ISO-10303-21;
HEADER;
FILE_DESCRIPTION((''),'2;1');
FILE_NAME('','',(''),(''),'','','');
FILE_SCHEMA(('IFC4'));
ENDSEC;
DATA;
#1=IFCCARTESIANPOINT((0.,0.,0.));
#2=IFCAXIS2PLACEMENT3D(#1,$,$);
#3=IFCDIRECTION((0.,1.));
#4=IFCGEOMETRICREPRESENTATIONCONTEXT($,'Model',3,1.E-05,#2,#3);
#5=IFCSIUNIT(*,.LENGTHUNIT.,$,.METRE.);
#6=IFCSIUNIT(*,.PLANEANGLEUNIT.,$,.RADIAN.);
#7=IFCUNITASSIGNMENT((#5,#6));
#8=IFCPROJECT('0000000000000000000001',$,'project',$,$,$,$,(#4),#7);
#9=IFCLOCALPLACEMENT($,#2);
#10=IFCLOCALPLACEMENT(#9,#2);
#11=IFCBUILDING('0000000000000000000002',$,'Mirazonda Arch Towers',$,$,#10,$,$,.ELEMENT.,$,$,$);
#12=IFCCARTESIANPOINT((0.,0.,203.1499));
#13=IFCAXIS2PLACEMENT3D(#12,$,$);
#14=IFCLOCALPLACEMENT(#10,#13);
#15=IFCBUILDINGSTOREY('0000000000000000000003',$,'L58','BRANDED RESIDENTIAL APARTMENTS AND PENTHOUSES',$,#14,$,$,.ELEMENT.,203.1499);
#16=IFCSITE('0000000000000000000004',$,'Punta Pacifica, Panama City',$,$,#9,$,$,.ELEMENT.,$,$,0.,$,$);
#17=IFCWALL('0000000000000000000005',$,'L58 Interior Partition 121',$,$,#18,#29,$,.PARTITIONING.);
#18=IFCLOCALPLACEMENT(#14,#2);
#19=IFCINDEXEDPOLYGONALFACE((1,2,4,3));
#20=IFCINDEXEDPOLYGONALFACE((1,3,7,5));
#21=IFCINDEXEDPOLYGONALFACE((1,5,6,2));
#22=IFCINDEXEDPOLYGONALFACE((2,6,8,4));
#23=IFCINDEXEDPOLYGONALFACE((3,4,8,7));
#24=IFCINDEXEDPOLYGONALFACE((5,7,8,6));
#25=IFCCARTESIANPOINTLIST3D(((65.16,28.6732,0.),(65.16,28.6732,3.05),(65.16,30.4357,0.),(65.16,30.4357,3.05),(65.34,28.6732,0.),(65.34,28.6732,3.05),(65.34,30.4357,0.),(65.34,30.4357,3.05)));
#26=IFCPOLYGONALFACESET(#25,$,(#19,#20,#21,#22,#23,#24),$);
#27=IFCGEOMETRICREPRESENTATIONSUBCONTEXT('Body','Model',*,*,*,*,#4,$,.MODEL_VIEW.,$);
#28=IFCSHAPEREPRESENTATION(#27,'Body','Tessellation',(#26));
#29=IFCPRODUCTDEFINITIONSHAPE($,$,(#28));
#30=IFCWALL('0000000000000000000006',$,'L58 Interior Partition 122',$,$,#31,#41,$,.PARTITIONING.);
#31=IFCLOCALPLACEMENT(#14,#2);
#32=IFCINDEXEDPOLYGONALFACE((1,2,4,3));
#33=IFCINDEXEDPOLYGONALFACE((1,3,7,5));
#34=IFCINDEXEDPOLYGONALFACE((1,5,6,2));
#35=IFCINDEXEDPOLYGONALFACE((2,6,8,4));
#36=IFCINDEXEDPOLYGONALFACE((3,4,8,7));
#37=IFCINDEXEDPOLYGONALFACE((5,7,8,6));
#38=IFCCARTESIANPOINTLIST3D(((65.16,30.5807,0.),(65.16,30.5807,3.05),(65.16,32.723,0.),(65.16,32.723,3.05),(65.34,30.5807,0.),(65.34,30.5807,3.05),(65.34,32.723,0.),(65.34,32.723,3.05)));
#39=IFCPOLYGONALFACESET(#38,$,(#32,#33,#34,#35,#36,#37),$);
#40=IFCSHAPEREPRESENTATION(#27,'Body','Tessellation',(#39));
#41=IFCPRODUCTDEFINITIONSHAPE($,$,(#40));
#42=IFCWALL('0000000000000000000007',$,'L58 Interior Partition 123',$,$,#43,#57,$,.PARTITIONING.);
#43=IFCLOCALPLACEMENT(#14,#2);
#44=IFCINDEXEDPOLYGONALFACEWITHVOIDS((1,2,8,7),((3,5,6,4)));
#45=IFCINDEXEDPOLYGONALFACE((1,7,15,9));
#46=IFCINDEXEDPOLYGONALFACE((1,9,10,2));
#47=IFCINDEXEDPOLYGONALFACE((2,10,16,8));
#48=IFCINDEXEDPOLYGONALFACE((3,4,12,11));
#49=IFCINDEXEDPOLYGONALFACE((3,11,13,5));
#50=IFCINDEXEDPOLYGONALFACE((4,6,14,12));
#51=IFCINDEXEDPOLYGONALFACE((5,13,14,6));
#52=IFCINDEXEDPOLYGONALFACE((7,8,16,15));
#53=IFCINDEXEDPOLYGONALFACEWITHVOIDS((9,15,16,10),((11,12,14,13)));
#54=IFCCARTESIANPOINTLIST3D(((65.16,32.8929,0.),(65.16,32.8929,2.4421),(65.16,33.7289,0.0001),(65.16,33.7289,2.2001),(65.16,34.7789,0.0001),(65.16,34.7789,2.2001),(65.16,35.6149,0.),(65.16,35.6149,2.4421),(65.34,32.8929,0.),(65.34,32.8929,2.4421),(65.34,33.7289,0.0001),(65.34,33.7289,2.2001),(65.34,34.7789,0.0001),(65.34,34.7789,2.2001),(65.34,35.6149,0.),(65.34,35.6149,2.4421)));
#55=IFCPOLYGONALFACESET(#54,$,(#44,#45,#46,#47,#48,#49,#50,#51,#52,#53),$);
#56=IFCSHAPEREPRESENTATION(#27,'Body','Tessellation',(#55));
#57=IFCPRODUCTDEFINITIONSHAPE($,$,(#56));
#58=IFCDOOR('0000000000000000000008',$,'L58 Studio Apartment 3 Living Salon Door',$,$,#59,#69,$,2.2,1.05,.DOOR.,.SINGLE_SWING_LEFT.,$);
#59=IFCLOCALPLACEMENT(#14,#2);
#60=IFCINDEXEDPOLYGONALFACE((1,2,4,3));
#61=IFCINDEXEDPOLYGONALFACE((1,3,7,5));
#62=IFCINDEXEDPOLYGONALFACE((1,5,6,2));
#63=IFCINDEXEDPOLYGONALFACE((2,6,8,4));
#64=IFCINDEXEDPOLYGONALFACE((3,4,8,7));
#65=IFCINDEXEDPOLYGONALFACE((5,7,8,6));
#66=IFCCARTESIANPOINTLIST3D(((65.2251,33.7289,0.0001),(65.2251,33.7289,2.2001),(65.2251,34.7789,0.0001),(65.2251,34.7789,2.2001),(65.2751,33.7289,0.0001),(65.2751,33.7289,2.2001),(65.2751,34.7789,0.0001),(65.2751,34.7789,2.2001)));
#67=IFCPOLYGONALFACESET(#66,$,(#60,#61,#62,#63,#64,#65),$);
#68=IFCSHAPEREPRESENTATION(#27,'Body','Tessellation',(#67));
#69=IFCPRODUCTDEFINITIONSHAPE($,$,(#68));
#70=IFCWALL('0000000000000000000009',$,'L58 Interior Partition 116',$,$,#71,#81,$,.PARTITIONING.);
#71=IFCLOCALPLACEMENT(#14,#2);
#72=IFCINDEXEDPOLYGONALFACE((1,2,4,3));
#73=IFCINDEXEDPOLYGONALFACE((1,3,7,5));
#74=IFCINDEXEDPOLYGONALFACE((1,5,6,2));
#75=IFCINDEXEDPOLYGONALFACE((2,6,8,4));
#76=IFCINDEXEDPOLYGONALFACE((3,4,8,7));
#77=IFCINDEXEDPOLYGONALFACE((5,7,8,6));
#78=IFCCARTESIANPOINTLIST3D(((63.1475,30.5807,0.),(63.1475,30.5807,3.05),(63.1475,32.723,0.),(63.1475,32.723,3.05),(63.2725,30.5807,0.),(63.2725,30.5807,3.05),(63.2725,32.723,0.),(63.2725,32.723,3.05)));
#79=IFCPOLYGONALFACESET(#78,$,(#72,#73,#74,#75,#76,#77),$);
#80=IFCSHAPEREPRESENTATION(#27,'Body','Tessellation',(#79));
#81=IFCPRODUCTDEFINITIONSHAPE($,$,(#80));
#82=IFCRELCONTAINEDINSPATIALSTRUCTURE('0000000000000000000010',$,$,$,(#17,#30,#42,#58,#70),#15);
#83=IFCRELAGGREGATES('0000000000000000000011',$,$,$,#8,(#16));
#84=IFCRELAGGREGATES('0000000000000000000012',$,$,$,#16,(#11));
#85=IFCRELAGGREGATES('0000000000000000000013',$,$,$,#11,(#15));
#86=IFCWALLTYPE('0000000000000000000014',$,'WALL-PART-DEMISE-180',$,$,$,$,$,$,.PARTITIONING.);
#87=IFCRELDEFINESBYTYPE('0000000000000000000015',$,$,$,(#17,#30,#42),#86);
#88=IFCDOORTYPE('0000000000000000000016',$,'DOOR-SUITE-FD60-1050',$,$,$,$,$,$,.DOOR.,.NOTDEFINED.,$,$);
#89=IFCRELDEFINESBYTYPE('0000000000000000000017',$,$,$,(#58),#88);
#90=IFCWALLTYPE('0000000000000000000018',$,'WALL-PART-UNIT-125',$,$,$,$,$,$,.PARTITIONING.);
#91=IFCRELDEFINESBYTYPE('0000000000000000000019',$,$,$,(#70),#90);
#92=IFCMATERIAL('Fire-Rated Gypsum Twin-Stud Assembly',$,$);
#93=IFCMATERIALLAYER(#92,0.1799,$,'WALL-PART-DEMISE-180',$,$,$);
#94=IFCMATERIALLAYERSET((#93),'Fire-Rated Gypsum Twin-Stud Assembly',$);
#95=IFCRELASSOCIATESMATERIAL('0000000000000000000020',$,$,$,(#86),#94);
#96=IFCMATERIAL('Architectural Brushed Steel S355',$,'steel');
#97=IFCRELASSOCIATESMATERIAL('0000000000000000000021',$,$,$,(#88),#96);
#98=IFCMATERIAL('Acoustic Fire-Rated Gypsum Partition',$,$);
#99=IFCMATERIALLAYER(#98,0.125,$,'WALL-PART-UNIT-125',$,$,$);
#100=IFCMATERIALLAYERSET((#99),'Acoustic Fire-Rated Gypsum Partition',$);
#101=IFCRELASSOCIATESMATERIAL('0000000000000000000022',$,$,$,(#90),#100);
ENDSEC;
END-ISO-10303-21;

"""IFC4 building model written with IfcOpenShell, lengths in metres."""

from ifc_helpers import new_model, si_unit, direction, frame, frame_2d, origin, place, context, subcontext, project, spatial, rectangle, extrude, material, layer, layer_set, type_object, element, fill, save


model = new_model("IFC4")

# Units and contexts
model_context = context("Model", 3, precision=1e-05, world=origin(), true_north=direction((0.0, 1.0)))
body_context = subcontext(model_context, "Body", "Model", "MODEL_VIEW")
ifc_project = project(units=[si_unit("LENGTHUNIT", "METRE"), si_unit("PLANEANGLEUNIT", "RADIAN")], contexts=[model_context])

# Site, building, storey
site_placement = place(None, origin())
site = spatial("IfcSite", under=ifc_project, at=site_placement, Name="Punta Pacifica, Panama City", CompositionType="ELEMENT", RefElevation=0.0)
building_placement = place(site_placement, origin())
building = spatial("IfcBuilding", under=site, at=building_placement, Name="Mirazonda Arch Towers", CompositionType="ELEMENT")
storey_placement = place(building_placement, frame((0.0, 0.0, 203.1499)))
storey = spatial("IfcBuildingStorey", under=building, at=storey_placement, Name="L58", Description="BRANDED RESIDENTIAL APARTMENTS AND PENTHOUSES", CompositionType="ELEMENT", Elevation=203.1499)

# Shared definitions
ifc_material_1 = material(Name="Architectural Brushed Steel S355", Category="steel")

# Walls
ifc_material_2 = material(Name="Fire-Rated Gypsum Twin-Stud Assembly")
ifc_layer_1 = layer(ifc_material_2, 0.1799, Name="WALL-PART-DEMISE-180")
ifc_layer_set_1 = layer_set([ifc_layer_1], Name="Fire-Rated Gypsum Twin-Stud Assembly")
wall_type_1 = type_object("IfcWallType", Name="WALL-PART-DEMISE-180", PredefinedType="PARTITIONING", material=ifc_layer_set_1)
wall_1_placement = place(storey_placement, frame((65.25, 28.6731, 0.0), z_axis=(0.0, 0.0, 1.0), x_axis=(0.0, 1.0, 0.0)))
element("IfcWall", 1, at=wall_1_placement, inside=storey, type_object=wall_type_1, Name="L58 Interior Partition 121", PredefinedType="PARTITIONING", context=body_context, shape_type="SweptSolid", body=[
    extrude(rectangle(XDim=1.7625, YDim=0.1799, at=frame_2d((0.8813, 0.0))), origin(), (0.0, 0.0, 1.0), 3.05),
])
wall_2_placement = place(storey_placement, frame((65.25, 30.5806, 0.0), z_axis=(0.0, 0.0, 1.0), x_axis=(0.0, 1.0, 0.0)))
element("IfcWall", 2, at=wall_2_placement, inside=storey, type_object=wall_type_1, Name="L58 Interior Partition 122", PredefinedType="PARTITIONING", context=body_context, shape_type="SweptSolid", body=[
    extrude(rectangle(XDim=2.1423, YDim=0.1799, at=frame_2d((1.0713, 0.0))), origin(), (0.0, 0.0, 1.0), 3.05),
])

# Wall, opening, door
wall_3_placement = place(storey_placement, frame((65.25, 32.8931, 0.0), z_axis=(0.0, 0.0, 1.0), x_axis=(0.0, 1.0, 0.0)))
wall_3 = element("IfcWall", 3, at=wall_3_placement, inside=storey, type_object=wall_type_1, Name="L58 Interior Partition 123", PredefinedType="PARTITIONING", context=body_context, shape_type="SweptSolid", body=[
    extrude(rectangle(XDim=2.7219, YDim=0.1799, at=frame_2d((1.3608, 0.0))), origin(), (0.0, 0.0, 1.0), 2.4421),
])
opening_1_placement = place(wall_3_placement, frame((0.8359, 0.0, 0.0)))
opening_1 = element("IfcOpeningElement", 4, at=opening_1_placement, cuts=wall_3, PredefinedType="OPENING", context=body_context, shape_type="SweptSolid", body=[
    extrude(rectangle(XDim=1.05, YDim=2.2, at=frame_2d((0.5249, 1.1001))), frame((0.0, 0.0999, 0.0), z_axis=(0.0, -1.0, 0.0), x_axis=(1.0, 0.0, 0.0)), (0.0, 0.0, 1.0), 0.2),
])
door_type_1 = type_object("IfcDoorType", Name="DOOR-SUITE-FD60-1050", OperationType="NOTDEFINED", PredefinedType="DOOR", material=ifc_material_1)
door_1_placement = place(opening_1_placement, origin())
door_1 = element("IfcDoor", 5, at=door_1_placement, inside=storey, type_object=door_type_1, Name="L58 Studio Apartment 3 Living Salon Door", OperationType="SINGLE_SWING_LEFT", OverallHeight=2.2, OverallWidth=1.05, PredefinedType="DOOR", context=body_context, shape_type="SweptSolid", body=[
    extrude(rectangle(XDim=1.05, YDim=2.2, at=frame_2d((0.5249, 1.1001))), frame((0.0, 0.0249, 0.0), z_axis=(0.0, -1.0, 0.0), x_axis=(1.0, 0.0, 0.0)), (0.0, 0.0, 1.0), 0.05),
])
fill(opening_1, door_1)

# Wall
ifc_material_3 = material(Name="Acoustic Fire-Rated Gypsum Partition")
ifc_layer_2 = layer(ifc_material_3, 0.125, Name="WALL-PART-UNIT-125")
ifc_layer_set_2 = layer_set([ifc_layer_2], Name="Acoustic Fire-Rated Gypsum Partition")
wall_type_2 = type_object("IfcWallType", Name="WALL-PART-UNIT-125", PredefinedType="PARTITIONING", material=ifc_layer_set_2)
wall_4_placement = place(storey_placement, frame((63.21, 30.5806, 0.0), z_axis=(0.0, 0.0, 1.0), x_axis=(0.0, 1.0, 0.0)))
element("IfcWall", 6, at=wall_4_placement, inside=storey, type_object=wall_type_2, Name="L58 Interior Partition 116", PredefinedType="PARTITIONING", context=body_context, shape_type="SweptSolid", body=[
    extrude(rectangle(XDim=2.1423, YDim=0.125, at=frame_2d((1.0713, 0.0))), origin(), (0.0, 0.0, 1.0), 3.05),
])

save(model, "model.ifc")
